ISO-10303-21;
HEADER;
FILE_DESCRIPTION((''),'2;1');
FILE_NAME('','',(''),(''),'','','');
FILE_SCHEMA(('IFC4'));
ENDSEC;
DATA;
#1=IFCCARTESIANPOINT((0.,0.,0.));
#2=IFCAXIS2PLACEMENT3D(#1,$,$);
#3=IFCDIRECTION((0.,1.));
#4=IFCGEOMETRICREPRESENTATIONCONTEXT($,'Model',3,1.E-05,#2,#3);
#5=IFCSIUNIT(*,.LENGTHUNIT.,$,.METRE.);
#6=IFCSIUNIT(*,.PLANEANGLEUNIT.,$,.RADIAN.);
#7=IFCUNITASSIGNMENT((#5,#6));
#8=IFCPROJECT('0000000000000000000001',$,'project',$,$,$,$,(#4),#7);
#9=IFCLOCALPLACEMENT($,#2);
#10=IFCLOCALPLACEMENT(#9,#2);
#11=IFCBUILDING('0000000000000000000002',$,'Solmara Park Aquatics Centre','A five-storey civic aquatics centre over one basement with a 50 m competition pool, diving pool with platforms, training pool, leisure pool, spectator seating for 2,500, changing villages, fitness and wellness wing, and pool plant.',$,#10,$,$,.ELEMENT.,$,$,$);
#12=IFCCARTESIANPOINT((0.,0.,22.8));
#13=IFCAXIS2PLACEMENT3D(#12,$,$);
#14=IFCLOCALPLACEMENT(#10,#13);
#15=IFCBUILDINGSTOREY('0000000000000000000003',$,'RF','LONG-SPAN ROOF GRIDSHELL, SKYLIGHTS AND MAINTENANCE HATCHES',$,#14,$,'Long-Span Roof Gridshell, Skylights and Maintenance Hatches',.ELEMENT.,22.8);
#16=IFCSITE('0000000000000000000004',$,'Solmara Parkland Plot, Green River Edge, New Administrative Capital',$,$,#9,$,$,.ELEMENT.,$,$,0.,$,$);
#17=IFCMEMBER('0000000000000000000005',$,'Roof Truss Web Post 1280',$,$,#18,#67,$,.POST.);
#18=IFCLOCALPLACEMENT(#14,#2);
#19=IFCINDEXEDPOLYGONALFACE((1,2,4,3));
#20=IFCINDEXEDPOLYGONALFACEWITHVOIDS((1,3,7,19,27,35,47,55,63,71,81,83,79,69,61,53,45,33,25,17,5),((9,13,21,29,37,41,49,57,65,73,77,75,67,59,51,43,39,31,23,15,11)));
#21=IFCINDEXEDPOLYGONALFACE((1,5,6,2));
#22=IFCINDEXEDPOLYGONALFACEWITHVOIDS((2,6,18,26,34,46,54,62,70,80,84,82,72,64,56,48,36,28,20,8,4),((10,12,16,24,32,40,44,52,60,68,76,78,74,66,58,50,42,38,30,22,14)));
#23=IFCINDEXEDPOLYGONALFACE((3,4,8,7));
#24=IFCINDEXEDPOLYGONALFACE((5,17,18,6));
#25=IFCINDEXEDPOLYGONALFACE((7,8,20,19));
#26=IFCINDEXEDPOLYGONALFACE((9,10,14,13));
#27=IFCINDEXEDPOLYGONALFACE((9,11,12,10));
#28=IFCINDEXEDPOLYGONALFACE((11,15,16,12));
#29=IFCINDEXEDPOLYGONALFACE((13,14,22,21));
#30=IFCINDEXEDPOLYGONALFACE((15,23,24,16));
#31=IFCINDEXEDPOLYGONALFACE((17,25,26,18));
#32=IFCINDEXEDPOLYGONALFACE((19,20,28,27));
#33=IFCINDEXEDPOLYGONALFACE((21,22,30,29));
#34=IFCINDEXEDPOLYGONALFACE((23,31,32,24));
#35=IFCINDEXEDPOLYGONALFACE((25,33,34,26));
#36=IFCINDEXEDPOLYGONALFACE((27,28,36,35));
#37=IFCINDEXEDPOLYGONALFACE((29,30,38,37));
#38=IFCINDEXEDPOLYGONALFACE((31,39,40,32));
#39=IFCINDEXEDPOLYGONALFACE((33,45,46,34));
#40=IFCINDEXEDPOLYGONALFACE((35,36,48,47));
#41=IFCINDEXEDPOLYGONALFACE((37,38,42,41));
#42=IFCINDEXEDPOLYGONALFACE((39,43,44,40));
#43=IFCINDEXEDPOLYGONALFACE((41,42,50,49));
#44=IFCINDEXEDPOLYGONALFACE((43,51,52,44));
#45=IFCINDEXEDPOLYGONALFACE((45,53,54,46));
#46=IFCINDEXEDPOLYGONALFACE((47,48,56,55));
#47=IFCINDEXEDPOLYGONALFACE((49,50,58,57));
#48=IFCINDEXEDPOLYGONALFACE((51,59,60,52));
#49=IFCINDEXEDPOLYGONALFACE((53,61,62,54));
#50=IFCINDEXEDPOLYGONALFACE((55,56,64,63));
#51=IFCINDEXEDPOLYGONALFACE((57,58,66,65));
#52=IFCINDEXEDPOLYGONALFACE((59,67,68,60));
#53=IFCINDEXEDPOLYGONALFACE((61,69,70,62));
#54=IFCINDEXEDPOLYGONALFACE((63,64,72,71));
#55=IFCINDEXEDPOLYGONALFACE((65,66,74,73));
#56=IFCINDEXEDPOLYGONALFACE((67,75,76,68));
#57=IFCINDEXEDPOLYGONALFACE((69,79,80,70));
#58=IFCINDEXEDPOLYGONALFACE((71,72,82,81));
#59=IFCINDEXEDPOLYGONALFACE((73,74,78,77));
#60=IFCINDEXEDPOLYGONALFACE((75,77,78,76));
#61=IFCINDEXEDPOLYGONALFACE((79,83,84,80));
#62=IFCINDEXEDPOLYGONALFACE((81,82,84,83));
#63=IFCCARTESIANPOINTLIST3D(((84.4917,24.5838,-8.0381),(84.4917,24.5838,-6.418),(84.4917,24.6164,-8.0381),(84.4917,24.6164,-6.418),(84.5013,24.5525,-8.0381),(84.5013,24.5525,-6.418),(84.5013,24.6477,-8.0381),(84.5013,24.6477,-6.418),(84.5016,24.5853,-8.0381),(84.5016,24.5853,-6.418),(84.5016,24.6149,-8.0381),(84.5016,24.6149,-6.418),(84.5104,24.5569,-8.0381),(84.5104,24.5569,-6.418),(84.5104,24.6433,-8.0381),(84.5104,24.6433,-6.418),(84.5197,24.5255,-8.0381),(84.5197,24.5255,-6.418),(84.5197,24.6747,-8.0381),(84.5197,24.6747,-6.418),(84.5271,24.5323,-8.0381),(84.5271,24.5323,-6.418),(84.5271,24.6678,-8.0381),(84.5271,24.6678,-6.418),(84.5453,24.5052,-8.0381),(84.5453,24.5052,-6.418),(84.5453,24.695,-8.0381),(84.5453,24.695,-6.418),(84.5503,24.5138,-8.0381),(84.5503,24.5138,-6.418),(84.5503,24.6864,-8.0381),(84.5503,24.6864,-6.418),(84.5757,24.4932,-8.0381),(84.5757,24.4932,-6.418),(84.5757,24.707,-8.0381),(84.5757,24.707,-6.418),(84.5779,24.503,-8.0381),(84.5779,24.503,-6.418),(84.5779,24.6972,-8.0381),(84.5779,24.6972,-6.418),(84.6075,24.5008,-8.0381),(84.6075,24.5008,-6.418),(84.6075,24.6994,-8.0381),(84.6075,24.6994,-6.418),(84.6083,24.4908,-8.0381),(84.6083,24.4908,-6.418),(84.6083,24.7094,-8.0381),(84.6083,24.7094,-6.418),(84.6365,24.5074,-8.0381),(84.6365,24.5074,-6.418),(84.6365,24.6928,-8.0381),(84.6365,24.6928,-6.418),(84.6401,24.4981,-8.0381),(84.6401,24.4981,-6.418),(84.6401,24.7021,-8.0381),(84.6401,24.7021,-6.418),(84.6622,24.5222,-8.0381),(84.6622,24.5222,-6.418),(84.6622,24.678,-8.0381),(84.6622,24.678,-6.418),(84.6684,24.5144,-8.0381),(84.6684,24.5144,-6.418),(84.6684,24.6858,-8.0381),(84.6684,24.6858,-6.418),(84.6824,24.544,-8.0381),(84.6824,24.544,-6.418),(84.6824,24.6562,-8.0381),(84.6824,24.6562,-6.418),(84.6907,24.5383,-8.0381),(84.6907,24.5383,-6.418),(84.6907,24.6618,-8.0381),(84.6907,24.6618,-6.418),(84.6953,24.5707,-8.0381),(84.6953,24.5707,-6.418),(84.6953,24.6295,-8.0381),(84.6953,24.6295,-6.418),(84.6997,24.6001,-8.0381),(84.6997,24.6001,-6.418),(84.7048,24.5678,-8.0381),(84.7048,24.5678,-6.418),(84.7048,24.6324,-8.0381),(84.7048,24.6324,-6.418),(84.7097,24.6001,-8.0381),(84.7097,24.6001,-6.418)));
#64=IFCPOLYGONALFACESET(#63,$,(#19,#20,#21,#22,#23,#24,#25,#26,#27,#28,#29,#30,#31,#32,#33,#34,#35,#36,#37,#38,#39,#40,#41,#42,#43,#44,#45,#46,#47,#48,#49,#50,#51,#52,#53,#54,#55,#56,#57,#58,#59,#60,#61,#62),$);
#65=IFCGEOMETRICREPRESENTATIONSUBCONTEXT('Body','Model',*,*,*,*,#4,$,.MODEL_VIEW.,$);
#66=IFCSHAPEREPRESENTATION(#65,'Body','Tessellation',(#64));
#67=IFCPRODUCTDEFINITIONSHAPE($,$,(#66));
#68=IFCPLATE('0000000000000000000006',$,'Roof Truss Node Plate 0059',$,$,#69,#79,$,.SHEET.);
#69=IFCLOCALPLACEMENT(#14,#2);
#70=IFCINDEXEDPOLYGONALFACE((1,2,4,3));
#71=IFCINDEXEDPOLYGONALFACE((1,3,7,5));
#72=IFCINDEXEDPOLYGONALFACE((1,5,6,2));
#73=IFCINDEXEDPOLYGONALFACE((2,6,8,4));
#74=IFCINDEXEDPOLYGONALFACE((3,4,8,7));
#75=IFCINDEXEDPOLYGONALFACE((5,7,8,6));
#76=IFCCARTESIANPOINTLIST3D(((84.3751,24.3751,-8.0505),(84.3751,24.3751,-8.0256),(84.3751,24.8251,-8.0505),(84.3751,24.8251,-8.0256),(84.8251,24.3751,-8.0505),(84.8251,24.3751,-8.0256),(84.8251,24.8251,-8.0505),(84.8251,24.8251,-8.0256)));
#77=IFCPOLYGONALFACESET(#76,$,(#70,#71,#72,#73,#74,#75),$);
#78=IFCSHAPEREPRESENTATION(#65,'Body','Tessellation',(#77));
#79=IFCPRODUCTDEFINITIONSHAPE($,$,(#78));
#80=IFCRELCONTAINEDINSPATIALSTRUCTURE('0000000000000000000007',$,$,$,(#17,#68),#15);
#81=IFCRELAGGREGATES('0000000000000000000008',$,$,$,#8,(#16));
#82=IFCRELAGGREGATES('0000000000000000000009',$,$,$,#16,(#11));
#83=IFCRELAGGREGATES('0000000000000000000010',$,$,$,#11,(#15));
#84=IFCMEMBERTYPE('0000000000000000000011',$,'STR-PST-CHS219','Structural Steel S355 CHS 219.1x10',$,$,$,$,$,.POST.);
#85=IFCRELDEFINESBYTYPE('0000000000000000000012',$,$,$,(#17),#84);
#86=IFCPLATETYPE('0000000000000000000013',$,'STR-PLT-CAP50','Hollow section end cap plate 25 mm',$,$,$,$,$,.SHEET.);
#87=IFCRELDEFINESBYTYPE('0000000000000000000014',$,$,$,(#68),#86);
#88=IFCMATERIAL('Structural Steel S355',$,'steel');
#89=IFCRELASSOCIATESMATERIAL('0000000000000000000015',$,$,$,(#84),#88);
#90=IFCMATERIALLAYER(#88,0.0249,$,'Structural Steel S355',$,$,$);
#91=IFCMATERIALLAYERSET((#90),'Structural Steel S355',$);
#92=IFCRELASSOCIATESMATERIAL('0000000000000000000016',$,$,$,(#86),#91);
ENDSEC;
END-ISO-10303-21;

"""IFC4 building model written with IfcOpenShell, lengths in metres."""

from ifc_helpers import new_model, si_unit, direction, frame, origin, origin_2d, place, context, subcontext, project, spatial, rectangle, hollow_circle, extrude, material, layer, layer_set, material_profile, profile_set, type_object, element, save


model = new_model("IFC4")

# Units and contexts
model_context = context("Model", 3, precision=1e-05, world=origin(), true_north=direction((0.0, 1.0)))
body_context = subcontext(model_context, "Body", "Model", "MODEL_VIEW")
ifc_project = project(units=[si_unit("LENGTHUNIT", "METRE"), si_unit("PLANEANGLEUNIT", "RADIAN")], contexts=[model_context])

# Site, building, storey
site_placement = place(None, origin())
site = spatial("IfcSite", under=ifc_project, at=site_placement, Name="Solmara Parkland Plot, Green River Edge, New Administrative Capital", CompositionType="ELEMENT", RefElevation=0.0)
building_placement = place(site_placement, origin())
building = spatial("IfcBuilding", under=site, at=building_placement, Name="Solmara Park Aquatics Centre", Description="A five-storey civic aquatics centre over one basement with a 50 m competition pool, diving pool with platforms, training pool, leisure pool, spectator seating for 2,500, changing villages, fitness and wellness wing, and pool plant.", CompositionType="ELEMENT")
storey_placement = place(building_placement, frame((0.0, 0.0, 22.8)))
storey = spatial("IfcBuildingStorey", under=building, at=storey_placement, Name="RF", Description="LONG-SPAN ROOF GRIDSHELL, SKYLIGHTS AND MAINTENANCE HATCHES", LongName="Long-Span Roof Gridshell, Skylights and Maintenance Hatches", CompositionType="ELEMENT", Elevation=22.8)

# Member
ifc_material_1 = material(Name="Structural Steel S355", Category="steel")
ifc_material_profile_1 = material_profile(ifc_material_1, hollow_circle(Radius=0.1096, WallThickness=0.01, at=origin_2d()), Name="CHS 219.1x10")
ifc_profile_set_1 = profile_set([ifc_material_profile_1], Name="Structural Steel S355")
member_type_1 = type_object("IfcMemberType", Name="STR-PST-CHS219", Description="Structural Steel S355 CHS 219.1x10", PredefinedType="POST", material=ifc_profile_set_1)
member_1_placement = place(storey_placement, frame((84.6001, 24.6001, -8.0381), z_axis=(0.0, 0.0, 1.0), x_axis=(1.0, 0.0, 0.0)))
element("IfcMember", 1, at=member_1_placement, inside=storey, type_object=member_type_1, Name="Roof Truss Web Post 1280", PredefinedType="POST", context=body_context, shape_type="SweptSolid", body=[
    extrude(hollow_circle(Radius=0.1096, WallThickness=0.01, at=origin_2d()), origin(), (0.0, 0.0, 1.0), 1.6201),
])

# Plate
ifc_layer = layer(ifc_material_1, 0.0249, Name="Structural Steel S355")
ifc_layer_set = layer_set([ifc_layer], Name="Structural Steel S355")
plate_type = type_object("IfcPlateType", Name="STR-PLT-CAP50", Description="Hollow section end cap plate 25 mm", PredefinedType="SHEET", material=ifc_layer_set)
plate_placement = place(storey_placement, frame((84.6001, 24.6001, -8.0505), z_axis=(0.0, 0.0, 1.0), x_axis=(1.0, 0.0, 0.0)))
element("IfcPlate", 2, at=plate_placement, inside=storey, type_object=plate_type, Name="Roof Truss Node Plate 0059", PredefinedType="SHEET", context=body_context, shape_type="SweptSolid", body=[
    extrude(rectangle(XDim=0.45, YDim=0.45, at=origin_2d()), origin(), (0.0, 0.0, 1.0), 0.0249),
])

save(model, "model.ifc")
